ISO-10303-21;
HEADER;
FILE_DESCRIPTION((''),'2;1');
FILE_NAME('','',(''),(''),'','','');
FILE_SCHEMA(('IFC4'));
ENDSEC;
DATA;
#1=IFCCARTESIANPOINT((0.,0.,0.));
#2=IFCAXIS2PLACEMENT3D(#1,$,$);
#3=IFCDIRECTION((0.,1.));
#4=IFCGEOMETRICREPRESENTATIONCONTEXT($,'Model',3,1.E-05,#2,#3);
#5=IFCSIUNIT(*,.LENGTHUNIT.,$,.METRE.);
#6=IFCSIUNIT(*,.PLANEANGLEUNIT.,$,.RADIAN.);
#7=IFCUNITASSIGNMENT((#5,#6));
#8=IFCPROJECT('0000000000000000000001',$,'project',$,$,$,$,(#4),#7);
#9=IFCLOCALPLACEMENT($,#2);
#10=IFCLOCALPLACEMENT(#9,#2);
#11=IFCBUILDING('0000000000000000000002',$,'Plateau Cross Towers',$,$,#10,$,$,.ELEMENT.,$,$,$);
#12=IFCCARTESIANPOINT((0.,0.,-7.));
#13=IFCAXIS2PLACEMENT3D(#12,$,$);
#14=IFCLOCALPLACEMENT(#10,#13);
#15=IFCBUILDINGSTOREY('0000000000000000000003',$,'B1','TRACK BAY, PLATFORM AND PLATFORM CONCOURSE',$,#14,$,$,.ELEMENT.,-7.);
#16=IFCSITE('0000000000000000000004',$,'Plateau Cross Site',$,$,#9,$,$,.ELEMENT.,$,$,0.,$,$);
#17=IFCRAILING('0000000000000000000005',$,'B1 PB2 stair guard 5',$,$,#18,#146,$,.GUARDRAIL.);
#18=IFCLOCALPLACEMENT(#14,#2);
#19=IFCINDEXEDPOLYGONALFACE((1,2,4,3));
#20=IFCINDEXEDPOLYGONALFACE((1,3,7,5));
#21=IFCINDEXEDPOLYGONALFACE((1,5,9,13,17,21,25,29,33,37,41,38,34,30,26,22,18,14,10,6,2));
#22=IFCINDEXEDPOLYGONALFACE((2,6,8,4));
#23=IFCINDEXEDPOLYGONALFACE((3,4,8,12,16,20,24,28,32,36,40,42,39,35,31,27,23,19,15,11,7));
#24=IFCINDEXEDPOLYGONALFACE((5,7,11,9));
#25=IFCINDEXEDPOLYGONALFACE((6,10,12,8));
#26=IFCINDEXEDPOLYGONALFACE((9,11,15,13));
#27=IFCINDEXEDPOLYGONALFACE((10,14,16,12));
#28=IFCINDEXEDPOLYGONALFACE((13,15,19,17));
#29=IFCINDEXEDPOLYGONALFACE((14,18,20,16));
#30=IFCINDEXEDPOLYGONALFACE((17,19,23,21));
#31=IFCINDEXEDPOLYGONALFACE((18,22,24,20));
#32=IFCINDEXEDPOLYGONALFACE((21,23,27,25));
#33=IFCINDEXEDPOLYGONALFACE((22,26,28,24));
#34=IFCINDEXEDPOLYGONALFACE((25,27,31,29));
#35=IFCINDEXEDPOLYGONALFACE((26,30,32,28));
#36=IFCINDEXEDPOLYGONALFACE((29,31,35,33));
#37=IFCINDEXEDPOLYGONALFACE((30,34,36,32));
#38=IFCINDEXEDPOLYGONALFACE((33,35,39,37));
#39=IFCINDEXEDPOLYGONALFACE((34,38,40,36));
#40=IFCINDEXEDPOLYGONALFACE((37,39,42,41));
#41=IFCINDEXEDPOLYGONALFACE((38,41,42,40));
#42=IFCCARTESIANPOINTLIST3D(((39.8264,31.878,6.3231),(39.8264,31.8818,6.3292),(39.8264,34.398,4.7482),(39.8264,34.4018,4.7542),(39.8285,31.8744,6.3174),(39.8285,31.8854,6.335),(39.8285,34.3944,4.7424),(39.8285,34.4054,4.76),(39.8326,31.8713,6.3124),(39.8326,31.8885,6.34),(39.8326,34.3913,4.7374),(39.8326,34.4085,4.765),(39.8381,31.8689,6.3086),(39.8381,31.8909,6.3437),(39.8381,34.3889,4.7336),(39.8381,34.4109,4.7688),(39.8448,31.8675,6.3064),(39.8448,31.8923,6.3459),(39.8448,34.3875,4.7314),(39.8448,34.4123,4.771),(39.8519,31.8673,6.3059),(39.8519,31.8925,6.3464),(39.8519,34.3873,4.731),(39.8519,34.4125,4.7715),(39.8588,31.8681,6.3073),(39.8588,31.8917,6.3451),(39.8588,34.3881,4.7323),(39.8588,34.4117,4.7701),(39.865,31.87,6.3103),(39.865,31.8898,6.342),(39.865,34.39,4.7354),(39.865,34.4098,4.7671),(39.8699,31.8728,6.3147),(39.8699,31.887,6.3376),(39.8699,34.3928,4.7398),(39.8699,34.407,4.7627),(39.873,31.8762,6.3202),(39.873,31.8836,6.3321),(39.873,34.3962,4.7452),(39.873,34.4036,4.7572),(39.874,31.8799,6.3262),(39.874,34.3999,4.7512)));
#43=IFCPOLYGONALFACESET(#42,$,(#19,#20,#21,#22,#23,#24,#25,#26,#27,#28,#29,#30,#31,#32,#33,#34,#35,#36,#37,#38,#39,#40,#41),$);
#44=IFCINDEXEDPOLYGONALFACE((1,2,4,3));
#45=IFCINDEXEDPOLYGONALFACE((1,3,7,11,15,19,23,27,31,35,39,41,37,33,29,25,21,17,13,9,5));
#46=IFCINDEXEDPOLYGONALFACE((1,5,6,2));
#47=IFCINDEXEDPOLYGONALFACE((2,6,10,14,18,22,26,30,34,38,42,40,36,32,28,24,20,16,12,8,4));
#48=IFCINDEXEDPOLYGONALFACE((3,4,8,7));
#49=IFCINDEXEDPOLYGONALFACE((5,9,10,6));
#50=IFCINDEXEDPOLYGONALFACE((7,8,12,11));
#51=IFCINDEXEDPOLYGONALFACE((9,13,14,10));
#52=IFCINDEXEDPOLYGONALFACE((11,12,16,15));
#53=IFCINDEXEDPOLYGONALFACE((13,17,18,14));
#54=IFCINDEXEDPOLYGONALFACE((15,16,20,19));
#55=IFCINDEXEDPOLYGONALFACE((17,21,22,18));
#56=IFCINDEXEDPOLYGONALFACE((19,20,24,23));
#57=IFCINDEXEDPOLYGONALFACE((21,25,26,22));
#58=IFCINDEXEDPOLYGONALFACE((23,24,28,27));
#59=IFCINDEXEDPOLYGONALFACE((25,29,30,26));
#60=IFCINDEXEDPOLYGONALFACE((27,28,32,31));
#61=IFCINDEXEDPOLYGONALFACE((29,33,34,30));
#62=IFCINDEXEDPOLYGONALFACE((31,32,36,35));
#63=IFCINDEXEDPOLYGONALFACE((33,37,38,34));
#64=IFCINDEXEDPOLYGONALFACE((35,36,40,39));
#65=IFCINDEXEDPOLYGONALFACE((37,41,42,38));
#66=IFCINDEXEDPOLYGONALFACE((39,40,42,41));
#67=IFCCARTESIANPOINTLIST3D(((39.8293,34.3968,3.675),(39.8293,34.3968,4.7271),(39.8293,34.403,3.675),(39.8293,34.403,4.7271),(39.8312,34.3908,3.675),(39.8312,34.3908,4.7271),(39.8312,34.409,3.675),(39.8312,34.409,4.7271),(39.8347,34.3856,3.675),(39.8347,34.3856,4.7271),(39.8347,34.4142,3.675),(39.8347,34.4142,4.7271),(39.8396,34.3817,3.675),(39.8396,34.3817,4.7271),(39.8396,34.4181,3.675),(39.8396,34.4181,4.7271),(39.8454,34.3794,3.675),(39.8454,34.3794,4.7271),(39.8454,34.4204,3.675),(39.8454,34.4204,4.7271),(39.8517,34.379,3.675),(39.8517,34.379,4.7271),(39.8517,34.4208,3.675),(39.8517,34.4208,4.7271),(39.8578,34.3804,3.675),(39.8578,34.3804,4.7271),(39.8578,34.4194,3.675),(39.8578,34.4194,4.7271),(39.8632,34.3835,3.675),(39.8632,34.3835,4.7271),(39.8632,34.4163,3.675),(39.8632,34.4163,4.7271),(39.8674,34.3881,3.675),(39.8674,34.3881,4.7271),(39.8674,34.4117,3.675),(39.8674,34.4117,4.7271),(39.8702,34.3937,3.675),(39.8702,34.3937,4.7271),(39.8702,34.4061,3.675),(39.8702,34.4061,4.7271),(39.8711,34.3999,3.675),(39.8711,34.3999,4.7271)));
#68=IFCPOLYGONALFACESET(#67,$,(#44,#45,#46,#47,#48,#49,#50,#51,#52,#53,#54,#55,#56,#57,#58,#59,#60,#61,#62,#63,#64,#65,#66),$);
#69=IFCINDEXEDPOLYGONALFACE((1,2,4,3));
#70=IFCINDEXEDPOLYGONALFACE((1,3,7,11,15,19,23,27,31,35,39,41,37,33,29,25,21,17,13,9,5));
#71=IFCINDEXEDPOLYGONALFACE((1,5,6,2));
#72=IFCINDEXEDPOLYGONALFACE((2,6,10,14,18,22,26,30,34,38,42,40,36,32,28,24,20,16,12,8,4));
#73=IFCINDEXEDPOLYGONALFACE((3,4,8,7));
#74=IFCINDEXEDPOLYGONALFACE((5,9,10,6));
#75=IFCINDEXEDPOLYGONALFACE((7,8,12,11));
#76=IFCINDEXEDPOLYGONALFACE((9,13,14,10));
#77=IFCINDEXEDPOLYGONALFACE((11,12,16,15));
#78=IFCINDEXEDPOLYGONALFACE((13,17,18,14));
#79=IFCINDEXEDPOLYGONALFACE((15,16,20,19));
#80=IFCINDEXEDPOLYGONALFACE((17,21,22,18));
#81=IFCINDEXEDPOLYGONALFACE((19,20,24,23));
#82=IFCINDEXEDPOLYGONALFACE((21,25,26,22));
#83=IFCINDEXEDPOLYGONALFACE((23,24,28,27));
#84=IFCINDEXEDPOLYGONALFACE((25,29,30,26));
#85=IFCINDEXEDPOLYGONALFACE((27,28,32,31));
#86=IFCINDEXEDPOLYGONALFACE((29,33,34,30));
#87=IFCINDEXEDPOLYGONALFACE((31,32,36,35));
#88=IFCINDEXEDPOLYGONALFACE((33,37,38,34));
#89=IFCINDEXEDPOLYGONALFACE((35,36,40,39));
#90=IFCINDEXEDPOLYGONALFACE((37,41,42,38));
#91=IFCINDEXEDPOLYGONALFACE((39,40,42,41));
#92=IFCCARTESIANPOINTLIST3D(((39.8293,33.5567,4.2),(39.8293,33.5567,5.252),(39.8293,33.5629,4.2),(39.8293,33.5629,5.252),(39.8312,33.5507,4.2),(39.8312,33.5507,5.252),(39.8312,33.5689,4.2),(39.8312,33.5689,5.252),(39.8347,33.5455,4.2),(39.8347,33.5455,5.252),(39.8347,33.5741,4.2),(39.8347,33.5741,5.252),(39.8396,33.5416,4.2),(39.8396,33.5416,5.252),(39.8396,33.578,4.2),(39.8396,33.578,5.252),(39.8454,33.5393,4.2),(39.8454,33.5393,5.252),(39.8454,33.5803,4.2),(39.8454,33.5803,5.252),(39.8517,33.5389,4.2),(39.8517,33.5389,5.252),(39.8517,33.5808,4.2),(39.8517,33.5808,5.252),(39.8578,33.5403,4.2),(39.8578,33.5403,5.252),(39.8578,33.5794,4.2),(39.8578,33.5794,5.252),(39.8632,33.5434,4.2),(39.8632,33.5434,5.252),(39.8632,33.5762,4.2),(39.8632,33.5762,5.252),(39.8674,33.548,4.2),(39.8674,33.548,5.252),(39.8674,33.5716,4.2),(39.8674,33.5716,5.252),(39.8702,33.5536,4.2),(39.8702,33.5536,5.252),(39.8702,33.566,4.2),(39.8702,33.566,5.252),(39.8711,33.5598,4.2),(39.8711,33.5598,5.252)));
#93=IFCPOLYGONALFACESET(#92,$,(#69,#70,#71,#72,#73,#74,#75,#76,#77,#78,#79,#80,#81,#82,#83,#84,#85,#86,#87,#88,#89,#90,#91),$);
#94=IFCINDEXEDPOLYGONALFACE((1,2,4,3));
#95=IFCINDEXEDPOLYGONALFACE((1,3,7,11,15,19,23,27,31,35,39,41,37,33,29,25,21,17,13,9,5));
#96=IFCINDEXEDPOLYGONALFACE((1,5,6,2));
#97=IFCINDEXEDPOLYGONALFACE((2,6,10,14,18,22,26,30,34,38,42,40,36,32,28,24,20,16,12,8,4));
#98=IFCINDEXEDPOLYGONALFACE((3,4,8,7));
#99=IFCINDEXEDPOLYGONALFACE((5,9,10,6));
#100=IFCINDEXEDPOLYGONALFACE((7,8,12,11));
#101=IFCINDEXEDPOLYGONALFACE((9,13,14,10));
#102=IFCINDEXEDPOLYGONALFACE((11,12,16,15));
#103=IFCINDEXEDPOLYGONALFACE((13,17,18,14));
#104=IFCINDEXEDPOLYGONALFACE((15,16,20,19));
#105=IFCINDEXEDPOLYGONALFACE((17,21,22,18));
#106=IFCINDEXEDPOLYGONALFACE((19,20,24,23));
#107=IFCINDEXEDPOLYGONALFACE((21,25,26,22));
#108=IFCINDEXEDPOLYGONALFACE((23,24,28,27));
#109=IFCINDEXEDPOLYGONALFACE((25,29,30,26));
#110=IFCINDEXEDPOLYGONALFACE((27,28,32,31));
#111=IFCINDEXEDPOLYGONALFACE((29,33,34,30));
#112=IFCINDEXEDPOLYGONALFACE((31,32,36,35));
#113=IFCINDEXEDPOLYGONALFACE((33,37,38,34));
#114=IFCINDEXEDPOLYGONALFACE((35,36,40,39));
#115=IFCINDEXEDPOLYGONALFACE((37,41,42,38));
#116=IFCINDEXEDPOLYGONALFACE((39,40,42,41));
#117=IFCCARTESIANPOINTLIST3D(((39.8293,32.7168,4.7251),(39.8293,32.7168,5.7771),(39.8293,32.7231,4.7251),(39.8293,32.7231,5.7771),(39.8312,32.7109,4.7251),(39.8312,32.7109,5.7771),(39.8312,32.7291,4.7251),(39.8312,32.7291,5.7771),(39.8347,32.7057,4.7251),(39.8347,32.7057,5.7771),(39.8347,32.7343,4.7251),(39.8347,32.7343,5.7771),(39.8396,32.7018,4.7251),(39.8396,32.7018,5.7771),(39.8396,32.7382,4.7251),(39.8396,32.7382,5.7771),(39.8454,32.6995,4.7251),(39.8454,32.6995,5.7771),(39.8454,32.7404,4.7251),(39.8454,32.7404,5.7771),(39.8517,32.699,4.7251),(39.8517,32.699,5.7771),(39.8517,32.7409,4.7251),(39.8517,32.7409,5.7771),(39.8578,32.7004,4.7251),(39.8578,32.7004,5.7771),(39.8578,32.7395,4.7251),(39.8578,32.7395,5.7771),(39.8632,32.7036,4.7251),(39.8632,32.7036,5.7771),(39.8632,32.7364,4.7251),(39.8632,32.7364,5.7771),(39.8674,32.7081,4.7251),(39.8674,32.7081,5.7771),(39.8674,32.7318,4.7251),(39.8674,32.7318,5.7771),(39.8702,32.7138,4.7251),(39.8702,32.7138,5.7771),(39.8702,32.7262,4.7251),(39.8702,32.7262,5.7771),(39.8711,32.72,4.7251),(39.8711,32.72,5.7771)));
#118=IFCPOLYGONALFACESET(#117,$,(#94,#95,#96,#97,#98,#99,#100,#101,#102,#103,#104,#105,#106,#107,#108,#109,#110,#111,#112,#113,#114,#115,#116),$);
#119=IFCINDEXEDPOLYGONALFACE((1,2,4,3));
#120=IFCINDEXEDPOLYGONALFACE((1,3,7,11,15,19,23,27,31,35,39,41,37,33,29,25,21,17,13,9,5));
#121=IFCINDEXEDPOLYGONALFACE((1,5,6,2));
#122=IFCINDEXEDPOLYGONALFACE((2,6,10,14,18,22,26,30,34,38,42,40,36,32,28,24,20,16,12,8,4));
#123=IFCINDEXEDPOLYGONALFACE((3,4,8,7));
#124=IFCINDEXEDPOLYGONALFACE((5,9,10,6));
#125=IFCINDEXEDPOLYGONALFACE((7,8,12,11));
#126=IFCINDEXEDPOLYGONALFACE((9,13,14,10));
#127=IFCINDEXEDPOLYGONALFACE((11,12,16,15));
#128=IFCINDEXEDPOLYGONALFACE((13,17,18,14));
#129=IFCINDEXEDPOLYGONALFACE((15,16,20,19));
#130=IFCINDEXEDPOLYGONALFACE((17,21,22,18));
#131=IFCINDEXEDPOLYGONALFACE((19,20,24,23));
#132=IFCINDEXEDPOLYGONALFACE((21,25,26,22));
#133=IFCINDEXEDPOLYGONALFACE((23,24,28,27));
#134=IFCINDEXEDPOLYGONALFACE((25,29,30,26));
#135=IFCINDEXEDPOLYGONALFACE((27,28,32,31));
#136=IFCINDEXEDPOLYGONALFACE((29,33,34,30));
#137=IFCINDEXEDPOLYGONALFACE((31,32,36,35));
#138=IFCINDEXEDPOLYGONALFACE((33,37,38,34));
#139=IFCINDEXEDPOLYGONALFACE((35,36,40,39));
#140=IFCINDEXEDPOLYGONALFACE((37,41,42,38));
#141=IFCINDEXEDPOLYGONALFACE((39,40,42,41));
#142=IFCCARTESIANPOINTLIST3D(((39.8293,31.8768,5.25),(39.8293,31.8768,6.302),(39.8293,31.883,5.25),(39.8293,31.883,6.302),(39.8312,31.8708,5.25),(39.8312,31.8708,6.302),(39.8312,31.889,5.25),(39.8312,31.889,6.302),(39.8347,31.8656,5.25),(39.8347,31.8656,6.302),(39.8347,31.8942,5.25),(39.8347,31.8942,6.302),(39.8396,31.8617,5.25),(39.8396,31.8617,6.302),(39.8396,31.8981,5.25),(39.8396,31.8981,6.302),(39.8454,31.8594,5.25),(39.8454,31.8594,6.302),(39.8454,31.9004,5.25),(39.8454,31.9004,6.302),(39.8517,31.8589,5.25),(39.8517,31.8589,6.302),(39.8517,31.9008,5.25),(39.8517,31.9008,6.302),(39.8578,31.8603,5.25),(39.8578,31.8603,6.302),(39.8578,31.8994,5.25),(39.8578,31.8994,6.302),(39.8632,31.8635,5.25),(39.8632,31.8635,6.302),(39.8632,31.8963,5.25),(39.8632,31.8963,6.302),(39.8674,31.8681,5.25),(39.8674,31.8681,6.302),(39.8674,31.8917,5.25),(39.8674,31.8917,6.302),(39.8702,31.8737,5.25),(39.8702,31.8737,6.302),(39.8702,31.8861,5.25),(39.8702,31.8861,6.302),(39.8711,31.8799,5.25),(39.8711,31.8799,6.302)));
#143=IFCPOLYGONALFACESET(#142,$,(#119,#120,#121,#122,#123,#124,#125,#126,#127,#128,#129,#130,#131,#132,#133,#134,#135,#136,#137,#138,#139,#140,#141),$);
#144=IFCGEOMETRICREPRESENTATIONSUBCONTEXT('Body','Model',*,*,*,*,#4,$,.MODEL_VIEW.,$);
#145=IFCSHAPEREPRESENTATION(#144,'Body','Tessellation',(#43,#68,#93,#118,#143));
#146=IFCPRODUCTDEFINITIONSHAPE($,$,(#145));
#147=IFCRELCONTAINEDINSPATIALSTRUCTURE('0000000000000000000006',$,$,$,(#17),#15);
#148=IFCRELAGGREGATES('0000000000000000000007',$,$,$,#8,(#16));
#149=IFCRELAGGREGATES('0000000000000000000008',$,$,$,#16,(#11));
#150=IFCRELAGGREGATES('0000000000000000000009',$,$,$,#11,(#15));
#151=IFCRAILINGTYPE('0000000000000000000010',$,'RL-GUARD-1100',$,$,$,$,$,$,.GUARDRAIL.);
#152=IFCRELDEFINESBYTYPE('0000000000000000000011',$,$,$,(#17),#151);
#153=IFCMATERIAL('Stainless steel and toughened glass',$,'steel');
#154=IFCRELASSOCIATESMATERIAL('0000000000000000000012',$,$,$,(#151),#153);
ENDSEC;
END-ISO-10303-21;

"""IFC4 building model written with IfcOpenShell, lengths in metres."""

from ifc_helpers import new_model, si_unit, direction, frame, origin, origin_2d, place, context, subcontext, project, spatial, circle, extrude, material, type_object, element, save


model = new_model("IFC4")

# Units and contexts
model_context = context("Model", 3, precision=1e-05, world=origin(), true_north=direction((0.0, 1.0)))
body_context = subcontext(model_context, "Body", "Model", "MODEL_VIEW")
ifc_project = project(units=[si_unit("LENGTHUNIT", "METRE"), si_unit("PLANEANGLEUNIT", "RADIAN")], contexts=[model_context])

# Site, building, storey
site_placement = place(None, origin())
site = spatial("IfcSite", under=ifc_project, at=site_placement, Name="Plateau Cross Site", CompositionType="ELEMENT", RefElevation=0.0)
building_placement = place(site_placement, origin())
building = spatial("IfcBuilding", under=site, at=building_placement, Name="Plateau Cross Towers", CompositionType="ELEMENT")
storey_placement = place(building_placement, frame((0.0, 0.0, -7.0)))
storey = spatial("IfcBuildingStorey", under=building, at=storey_placement, Name="B1", Description="TRACK BAY, PLATFORM AND PLATFORM CONCOURSE", CompositionType="ELEMENT", Elevation=-7.0)

# Railing
ifc_material_1 = material(Name="Stainless steel and toughened glass", Category="steel")
railing_type_1 = type_object("IfcRailingType", Name="RL-GUARD-1100", PredefinedType="GUARDRAIL", material=ifc_material_1)
railing_1_placement = place(storey_placement, frame((39.8501, 34.3999, 3.675)))
element("IfcRailing", 1, at=railing_1_placement, inside=storey, type_object=railing_type_1, Name="B1 PB2 stair guard 5", PredefinedType="GUARDRAIL", context=body_context, shape_type="SweptSolid", body=[
    extrude(circle(Radius=0.0239, at=origin_2d()), frame((0.0, 0.0, 1.0762), z_axis=(0.0, -0.848008, 0.529984), x_axis=(1.0, 0.0, 0.0)), (0.0, 0.0, 1.0), 2.9717),
    extrude(circle(Radius=0.021, at=origin_2d()), origin(), (0.0, 0.0, 1.0), 1.052),
    extrude(circle(Radius=0.021, at=origin_2d()), frame((0.0, -0.8401, 0.5249)), (0.0, 0.0, 1.0), 1.052),
    extrude(circle(Radius=0.021, at=origin_2d()), frame((0.0, -1.6799, 1.05)), (0.0, 0.0, 1.0), 1.052),
    extrude(circle(Radius=0.021, at=origin_2d()), frame((0.0, -2.52, 1.575)), (0.0, 0.0, 1.0), 1.052),
])

save(model, "model.ifc")
